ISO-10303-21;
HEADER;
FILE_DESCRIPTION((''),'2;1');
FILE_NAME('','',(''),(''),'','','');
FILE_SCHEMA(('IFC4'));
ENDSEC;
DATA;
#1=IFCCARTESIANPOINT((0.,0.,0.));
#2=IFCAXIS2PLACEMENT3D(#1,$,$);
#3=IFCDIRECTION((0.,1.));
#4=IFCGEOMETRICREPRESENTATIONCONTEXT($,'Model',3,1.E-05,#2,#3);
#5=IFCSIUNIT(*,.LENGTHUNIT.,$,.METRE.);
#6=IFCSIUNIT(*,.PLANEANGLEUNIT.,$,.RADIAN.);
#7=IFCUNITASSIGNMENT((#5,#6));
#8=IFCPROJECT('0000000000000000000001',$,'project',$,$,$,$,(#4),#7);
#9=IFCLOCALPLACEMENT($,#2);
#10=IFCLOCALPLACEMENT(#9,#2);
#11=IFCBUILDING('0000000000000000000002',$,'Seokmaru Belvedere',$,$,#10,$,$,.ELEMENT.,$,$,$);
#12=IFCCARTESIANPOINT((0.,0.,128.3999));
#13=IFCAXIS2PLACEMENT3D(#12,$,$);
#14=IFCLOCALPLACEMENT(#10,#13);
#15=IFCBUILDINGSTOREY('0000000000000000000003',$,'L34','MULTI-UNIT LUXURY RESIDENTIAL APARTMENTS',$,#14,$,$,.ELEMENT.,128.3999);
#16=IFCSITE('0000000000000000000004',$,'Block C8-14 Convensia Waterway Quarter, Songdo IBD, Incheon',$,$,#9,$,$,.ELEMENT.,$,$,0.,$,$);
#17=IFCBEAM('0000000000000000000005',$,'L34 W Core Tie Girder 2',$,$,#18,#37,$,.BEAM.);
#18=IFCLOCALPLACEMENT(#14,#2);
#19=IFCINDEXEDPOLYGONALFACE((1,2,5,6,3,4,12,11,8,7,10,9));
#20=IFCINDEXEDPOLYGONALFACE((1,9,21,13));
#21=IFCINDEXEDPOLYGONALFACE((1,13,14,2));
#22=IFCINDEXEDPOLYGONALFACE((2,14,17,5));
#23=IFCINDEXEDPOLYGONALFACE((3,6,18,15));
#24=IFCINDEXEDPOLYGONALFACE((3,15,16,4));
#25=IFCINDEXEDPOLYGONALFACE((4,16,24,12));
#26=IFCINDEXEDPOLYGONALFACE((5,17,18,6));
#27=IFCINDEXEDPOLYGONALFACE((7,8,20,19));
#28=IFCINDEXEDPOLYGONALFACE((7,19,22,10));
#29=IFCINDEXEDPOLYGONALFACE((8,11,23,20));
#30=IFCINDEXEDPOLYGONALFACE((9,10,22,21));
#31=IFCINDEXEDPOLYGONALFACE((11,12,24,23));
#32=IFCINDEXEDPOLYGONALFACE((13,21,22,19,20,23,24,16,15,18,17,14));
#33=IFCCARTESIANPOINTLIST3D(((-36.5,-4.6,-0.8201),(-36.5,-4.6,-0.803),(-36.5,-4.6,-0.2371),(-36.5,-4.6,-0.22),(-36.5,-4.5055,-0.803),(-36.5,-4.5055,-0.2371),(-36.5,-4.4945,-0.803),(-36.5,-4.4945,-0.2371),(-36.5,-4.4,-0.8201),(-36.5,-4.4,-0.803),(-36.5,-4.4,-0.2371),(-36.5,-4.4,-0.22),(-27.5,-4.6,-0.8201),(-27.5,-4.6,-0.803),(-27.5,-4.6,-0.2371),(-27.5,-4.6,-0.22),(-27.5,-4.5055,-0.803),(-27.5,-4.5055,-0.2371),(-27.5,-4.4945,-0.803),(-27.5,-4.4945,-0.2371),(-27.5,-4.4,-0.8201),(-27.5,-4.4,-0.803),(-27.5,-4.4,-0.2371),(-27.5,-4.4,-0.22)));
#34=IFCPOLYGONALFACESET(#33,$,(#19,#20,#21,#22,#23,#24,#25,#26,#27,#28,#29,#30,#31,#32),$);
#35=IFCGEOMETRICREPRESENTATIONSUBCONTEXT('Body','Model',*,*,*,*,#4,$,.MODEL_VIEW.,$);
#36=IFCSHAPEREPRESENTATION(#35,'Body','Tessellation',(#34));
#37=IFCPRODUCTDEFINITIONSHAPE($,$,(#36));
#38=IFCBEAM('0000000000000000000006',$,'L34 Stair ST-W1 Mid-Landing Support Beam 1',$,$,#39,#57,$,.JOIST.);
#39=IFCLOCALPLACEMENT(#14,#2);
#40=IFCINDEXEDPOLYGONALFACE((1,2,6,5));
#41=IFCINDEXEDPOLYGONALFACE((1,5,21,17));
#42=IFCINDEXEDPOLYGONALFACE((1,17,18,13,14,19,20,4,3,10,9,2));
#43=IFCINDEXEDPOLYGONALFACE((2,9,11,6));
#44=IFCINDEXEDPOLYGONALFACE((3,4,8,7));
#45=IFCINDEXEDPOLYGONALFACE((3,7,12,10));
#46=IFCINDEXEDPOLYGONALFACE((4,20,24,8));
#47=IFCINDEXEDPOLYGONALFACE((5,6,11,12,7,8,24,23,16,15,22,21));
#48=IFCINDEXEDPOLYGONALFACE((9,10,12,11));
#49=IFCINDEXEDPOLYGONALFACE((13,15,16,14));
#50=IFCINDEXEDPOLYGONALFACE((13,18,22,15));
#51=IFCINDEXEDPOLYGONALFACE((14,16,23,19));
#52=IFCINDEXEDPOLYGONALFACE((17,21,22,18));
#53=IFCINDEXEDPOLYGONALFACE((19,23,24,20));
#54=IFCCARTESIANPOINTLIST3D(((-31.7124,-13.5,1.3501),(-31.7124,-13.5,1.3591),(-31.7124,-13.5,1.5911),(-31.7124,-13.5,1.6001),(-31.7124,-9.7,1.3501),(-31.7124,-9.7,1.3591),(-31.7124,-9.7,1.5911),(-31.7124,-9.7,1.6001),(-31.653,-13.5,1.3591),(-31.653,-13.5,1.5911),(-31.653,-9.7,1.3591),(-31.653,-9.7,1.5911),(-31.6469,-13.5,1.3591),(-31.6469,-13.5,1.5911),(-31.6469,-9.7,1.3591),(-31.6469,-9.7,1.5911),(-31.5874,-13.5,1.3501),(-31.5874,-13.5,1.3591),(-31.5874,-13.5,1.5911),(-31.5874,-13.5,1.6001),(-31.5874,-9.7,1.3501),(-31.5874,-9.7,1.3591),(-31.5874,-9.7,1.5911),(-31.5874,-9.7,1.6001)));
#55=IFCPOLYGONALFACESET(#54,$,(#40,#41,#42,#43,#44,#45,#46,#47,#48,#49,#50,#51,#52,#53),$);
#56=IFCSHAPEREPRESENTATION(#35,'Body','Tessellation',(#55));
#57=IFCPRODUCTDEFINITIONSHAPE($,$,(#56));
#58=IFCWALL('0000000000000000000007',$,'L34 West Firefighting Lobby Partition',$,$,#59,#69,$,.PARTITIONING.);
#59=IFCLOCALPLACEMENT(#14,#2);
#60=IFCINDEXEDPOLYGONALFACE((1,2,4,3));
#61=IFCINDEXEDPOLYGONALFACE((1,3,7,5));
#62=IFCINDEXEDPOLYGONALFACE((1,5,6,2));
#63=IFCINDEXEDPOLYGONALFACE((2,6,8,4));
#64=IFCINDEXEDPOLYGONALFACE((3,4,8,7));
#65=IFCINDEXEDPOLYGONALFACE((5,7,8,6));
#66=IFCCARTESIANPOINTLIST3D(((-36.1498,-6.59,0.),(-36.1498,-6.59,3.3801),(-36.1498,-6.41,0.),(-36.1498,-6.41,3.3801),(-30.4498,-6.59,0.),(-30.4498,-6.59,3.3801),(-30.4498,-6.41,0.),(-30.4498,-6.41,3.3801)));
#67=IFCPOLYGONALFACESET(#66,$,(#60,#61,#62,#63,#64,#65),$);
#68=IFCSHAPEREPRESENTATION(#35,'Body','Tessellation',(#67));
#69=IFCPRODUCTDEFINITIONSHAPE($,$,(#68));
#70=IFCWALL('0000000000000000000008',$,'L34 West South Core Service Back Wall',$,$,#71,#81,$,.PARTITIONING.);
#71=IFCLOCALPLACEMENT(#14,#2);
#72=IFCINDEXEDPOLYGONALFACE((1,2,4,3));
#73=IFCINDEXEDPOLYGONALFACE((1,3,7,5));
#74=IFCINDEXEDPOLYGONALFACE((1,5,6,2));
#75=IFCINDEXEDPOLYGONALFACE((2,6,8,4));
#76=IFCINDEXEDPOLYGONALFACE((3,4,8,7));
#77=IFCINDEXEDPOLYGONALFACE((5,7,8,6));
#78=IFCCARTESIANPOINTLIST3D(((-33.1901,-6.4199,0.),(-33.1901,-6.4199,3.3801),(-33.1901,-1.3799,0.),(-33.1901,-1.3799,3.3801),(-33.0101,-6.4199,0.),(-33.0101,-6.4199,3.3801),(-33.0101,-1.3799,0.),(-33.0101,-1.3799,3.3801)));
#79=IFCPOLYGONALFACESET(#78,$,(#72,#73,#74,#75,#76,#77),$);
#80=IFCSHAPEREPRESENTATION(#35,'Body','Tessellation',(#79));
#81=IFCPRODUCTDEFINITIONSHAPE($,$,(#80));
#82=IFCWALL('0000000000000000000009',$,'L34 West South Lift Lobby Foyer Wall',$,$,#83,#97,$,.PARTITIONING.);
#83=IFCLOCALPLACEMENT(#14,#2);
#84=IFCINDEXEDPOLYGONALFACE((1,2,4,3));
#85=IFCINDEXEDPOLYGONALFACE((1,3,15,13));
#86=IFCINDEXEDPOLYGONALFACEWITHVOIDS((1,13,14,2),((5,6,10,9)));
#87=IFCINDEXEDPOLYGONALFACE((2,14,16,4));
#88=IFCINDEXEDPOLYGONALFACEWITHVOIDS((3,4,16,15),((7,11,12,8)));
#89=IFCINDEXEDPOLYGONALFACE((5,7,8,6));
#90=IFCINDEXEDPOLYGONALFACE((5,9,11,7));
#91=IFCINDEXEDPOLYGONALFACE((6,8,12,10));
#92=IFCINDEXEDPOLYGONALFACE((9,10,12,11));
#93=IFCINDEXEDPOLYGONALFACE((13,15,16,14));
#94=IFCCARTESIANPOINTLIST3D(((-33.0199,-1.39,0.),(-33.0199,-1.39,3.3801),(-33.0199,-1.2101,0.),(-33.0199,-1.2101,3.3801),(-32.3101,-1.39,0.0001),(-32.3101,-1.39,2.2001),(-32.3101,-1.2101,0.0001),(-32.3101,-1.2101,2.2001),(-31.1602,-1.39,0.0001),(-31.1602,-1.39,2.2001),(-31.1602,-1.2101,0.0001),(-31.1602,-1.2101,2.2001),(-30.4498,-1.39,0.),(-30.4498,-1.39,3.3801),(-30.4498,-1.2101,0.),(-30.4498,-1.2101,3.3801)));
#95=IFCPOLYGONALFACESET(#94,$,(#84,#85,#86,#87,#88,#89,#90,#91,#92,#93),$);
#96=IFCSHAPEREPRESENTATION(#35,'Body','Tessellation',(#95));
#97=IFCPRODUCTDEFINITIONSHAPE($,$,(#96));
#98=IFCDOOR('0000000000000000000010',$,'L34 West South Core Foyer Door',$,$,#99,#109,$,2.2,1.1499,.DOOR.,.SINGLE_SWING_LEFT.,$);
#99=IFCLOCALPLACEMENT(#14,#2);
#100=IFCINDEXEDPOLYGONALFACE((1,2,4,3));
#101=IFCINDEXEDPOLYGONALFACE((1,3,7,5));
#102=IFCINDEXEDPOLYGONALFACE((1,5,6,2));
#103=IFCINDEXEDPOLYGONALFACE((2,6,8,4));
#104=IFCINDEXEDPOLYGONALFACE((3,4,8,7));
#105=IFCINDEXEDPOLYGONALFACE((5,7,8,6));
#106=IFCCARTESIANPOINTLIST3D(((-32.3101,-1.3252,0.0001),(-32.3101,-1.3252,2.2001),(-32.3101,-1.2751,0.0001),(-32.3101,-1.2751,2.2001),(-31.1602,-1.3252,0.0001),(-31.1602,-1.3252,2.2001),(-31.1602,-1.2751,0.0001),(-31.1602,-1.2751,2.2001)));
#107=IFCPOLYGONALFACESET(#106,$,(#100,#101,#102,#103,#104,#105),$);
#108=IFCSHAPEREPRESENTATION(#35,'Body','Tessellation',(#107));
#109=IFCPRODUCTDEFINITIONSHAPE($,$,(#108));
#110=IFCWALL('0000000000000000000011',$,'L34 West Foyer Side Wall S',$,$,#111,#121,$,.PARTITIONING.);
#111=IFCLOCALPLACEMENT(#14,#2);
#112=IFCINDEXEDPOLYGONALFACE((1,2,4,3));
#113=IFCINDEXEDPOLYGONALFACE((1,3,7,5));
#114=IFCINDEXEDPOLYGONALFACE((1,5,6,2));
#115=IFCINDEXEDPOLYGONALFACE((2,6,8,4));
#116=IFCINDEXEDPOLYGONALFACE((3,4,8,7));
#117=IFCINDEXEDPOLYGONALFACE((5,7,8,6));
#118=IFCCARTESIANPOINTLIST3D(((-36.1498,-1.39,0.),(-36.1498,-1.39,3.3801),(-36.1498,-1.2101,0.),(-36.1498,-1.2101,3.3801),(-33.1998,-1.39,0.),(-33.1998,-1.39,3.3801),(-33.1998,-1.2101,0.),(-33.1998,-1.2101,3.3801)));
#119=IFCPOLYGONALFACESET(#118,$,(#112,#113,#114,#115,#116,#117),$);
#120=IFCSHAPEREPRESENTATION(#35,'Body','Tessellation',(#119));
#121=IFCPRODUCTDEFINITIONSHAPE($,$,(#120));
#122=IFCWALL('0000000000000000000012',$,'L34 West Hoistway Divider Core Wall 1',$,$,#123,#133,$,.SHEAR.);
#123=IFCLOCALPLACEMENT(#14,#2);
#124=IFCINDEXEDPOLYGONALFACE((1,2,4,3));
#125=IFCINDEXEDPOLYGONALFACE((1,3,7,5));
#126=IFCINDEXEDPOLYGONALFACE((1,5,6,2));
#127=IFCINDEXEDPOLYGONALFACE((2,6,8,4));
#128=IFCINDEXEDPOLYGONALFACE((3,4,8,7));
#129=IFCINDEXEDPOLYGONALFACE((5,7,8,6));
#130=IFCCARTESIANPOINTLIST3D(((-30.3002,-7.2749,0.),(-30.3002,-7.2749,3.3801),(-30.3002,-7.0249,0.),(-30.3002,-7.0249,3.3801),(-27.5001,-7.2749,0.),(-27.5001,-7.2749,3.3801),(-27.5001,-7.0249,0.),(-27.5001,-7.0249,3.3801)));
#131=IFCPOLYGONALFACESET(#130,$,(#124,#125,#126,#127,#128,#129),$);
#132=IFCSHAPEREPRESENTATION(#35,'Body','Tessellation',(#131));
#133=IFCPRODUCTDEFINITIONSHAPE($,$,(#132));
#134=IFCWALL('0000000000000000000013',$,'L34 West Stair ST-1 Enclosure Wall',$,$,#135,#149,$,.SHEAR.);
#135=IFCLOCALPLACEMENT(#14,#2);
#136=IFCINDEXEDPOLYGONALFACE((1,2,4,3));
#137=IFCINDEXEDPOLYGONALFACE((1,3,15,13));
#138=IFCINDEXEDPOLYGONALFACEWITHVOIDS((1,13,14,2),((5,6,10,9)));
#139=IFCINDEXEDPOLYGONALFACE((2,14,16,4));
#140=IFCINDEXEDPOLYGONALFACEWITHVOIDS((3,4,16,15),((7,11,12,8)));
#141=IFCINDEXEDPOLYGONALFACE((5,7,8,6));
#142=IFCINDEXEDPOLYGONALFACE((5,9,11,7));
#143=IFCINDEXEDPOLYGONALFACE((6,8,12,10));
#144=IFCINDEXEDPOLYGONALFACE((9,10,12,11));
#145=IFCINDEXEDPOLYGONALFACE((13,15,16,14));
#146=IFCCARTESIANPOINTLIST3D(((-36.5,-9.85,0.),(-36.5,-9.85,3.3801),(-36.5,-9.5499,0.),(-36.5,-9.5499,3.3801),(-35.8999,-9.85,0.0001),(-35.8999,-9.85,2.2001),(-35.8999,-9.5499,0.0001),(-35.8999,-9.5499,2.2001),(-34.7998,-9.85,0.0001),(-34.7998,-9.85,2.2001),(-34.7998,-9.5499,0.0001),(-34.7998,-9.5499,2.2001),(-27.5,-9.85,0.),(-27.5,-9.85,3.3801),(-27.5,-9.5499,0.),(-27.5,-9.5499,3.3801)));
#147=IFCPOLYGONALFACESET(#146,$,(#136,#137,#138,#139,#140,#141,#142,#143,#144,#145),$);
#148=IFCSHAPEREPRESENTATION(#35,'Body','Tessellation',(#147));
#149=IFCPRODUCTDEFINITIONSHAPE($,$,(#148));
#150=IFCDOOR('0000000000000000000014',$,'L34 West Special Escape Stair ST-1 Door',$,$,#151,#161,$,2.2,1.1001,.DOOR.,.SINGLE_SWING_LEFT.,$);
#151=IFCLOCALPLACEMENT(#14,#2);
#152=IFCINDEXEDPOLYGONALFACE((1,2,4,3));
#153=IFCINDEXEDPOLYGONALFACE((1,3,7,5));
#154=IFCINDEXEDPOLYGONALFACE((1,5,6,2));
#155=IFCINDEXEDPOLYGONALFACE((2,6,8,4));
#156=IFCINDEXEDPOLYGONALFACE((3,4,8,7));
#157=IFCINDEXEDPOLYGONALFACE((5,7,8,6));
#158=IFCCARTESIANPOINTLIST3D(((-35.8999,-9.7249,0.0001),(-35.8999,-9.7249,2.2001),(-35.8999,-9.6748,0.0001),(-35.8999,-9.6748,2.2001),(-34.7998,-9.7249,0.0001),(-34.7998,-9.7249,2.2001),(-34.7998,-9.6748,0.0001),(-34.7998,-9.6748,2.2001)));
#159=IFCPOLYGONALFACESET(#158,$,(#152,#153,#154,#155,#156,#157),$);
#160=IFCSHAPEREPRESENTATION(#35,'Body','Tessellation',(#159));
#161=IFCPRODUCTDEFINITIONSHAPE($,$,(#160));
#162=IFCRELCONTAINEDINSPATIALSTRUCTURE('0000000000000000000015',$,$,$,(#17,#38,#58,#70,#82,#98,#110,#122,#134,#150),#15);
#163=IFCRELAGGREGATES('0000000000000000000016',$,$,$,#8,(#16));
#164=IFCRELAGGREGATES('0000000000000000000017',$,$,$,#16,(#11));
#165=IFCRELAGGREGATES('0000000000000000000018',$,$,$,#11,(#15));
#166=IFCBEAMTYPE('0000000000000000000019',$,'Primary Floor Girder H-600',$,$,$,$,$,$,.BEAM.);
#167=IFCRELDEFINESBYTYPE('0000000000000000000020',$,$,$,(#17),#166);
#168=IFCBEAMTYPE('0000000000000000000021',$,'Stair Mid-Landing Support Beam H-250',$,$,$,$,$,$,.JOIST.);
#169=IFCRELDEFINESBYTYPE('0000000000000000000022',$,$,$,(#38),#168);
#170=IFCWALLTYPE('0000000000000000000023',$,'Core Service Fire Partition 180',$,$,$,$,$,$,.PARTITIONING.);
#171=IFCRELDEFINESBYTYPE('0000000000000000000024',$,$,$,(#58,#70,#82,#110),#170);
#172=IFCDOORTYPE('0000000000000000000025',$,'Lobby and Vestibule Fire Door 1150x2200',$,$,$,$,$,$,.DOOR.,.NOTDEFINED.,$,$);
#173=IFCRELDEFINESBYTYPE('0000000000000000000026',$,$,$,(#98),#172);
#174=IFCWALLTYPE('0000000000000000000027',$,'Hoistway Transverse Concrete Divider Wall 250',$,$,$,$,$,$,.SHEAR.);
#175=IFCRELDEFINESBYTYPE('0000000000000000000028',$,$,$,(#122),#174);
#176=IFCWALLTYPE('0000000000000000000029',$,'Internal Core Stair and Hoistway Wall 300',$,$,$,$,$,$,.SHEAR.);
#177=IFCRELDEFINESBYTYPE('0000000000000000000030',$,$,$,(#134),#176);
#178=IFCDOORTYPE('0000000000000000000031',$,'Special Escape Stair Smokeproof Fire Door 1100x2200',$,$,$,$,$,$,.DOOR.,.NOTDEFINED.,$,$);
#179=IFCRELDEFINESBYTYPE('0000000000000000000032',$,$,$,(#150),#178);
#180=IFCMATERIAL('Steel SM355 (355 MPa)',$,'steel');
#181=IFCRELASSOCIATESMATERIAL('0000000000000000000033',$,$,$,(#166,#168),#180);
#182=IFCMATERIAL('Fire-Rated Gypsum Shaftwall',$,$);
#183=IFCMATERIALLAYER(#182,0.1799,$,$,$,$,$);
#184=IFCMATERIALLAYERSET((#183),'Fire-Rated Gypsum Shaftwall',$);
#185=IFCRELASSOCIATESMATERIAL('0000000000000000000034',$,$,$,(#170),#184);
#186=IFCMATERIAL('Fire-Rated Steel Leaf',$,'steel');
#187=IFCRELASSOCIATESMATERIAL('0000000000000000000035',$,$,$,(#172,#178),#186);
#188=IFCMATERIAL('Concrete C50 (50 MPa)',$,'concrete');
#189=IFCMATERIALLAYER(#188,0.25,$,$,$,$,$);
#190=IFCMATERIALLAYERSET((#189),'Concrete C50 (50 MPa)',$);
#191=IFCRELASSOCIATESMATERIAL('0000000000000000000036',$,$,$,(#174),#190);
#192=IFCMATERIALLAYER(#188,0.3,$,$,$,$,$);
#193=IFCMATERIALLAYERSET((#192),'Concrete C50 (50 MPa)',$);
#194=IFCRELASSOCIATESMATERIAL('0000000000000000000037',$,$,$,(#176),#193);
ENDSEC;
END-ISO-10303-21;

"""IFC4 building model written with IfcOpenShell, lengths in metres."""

from ifc_helpers import new_model, si_unit, direction, frame, frame_2d, origin, origin_2d, place, context, subcontext, project, spatial, rectangle, i_section, extrude, source, transform, mapped, material, layer, layer_set, material_profile, profile_set, type_object, type_shapes, element, fill, save


model = new_model("IFC4")

# Units and contexts
model_context = context("Model", 3, precision=1e-05, world=origin(), true_north=direction((0.0, 1.0)))
body_context = subcontext(model_context, "Body", "Model", "MODEL_VIEW")
ifc_project = project(units=[si_unit("LENGTHUNIT", "METRE"), si_unit("PLANEANGLEUNIT", "RADIAN")], contexts=[model_context])

# Site, building, storey
site_placement = place(None, origin())
site = spatial("IfcSite", under=ifc_project, at=site_placement, Name="Block C8-14 Convensia Waterway Quarter, Songdo IBD, Incheon", CompositionType="ELEMENT", RefElevation=0.0)
building_placement = place(site_placement, origin())
building = spatial("IfcBuilding", under=site, at=building_placement, Name="Seokmaru Belvedere", CompositionType="ELEMENT")
storey_placement = place(building_placement, frame((0.0, 0.0, 128.3999)))
storey = spatial("IfcBuildingStorey", under=building, at=storey_placement, Name="L34", Description="MULTI-UNIT LUXURY RESIDENTIAL APARTMENTS", CompositionType="ELEMENT", Elevation=128.3999)

# Beams
ifc_material_1 = material(Name="Steel SM355 (355 MPa)", Category="steel")
ifc_material_profile_1 = material_profile(ifc_material_1, i_section(OverallWidth=0.2, OverallDepth=0.6001, WebThickness=0.011, FlangeThickness=0.0171, at=origin_2d()), Name="H-600x200x11x17")
ifc_profile_set_1 = profile_set([ifc_material_profile_1], Name="Steel SM355 (355 MPa)")
beam_type_1 = type_object("IfcBeamType", Name="Primary Floor Girder H-600", PredefinedType="BEAM", material=ifc_profile_set_1)
shared_shape_1 = source(origin(), body_context, "Body", "SweptSolid", [
    extrude(i_section(OverallWidth=0.2, OverallDepth=0.6001, WebThickness=0.011, FlangeThickness=0.0171, at=origin_2d()), origin(), (0.0, 0.0, 1.0), 9.0),
])
type_shapes(beam_type_1, [shared_shape_1])
beam_1_placement = place(storey_placement, frame((-36.5, -4.5, -0.52), z_axis=(1.0, 0.0, 0.0), x_axis=(0.0, 1.0, 0.0)))
element("IfcBeam", 1, at=beam_1_placement, inside=storey, type_object=beam_type_1, Name="L34 W Core Tie Girder 2", PredefinedType="BEAM", context=body_context, shape_type="MappedRepresentation", body=[
    mapped(shared_shape_1, transform((0.0, 0.0, 0.0), scale=1.0)),
])
ifc_material_profile_2 = material_profile(ifc_material_1, i_section(OverallWidth=0.125, OverallDepth=0.25, WebThickness=0.0061, FlangeThickness=0.009, at=origin_2d()), Name="H-250x125x6x9")
ifc_profile_set_2 = profile_set([ifc_material_profile_2], Name="Steel SM355 (355 MPa)")
beam_type_2 = type_object("IfcBeamType", Name="Stair Mid-Landing Support Beam H-250", PredefinedType="JOIST", material=ifc_profile_set_2)
shared_shape_2 = source(origin(), body_context, "Body", "SweptSolid", [
    extrude(i_section(OverallWidth=0.125, OverallDepth=0.25, WebThickness=0.0061, FlangeThickness=0.009, at=origin_2d()), origin(), (0.0, 0.0, 1.0), 3.8),
])
type_shapes(beam_type_2, [shared_shape_2])
beam_2_placement = place(storey_placement, frame((-31.6499, -13.5, 1.4751), z_axis=(0.0, 1.0, 0.0), x_axis=(-1.0, 0.0, 0.0)))
element("IfcBeam", 2, at=beam_2_placement, inside=storey, type_object=beam_type_2, Name="L34 Stair ST-W1 Mid-Landing Support Beam 1", PredefinedType="JOIST", context=body_context, shape_type="MappedRepresentation", body=[
    mapped(shared_shape_2, transform((0.0, 0.0, 0.0), scale=1.0)),
])

# Walls
ifc_material_2 = material(Name="Fire-Rated Gypsum Shaftwall")
ifc_layer_1 = layer(ifc_material_2, 0.1799)
ifc_layer_set_1 = layer_set([ifc_layer_1], Name="Fire-Rated Gypsum Shaftwall")
wall_type_1 = type_object("IfcWallType", Name="Core Service Fire Partition 180", PredefinedType="PARTITIONING", material=ifc_layer_set_1)
wall_1_placement = place(storey_placement, frame((-36.1499, -6.5, 0.0), z_axis=(0.0, 0.0, 1.0), x_axis=(1.0, 0.0, 0.0)))
element("IfcWall", 3, at=wall_1_placement, inside=storey, type_object=wall_type_1, Name="L34 West Firefighting Lobby Partition", PredefinedType="PARTITIONING", context=body_context, shape_type="SweptSolid", body=[
    extrude(rectangle(XDim=5.7, YDim=0.1799, at=frame_2d((2.8501, 0.0))), origin(), (0.0, 0.0, 1.0), 3.3801),
])
wall_2_placement = place(storey_placement, frame((-33.1001, -6.4199, 0.0), z_axis=(0.0, 0.0, 1.0), x_axis=(0.0, 1.0, 0.0)))
element("IfcWall", 4, at=wall_2_placement, inside=storey, type_object=wall_type_1, Name="L34 West South Core Service Back Wall", PredefinedType="PARTITIONING", context=body_context, shape_type="SweptSolid", body=[
    extrude(rectangle(XDim=5.04, YDim=0.1799, at=frame_2d((2.52, 0.0))), origin(), (0.0, 0.0, 1.0), 3.3801),
])

# Wall, opening, door
wall_3_placement = place(storey_placement, frame((-33.02, -1.3, 0.0), z_axis=(0.0, 0.0, 1.0), x_axis=(1.0, 0.0, 0.0)))
wall_3 = element("IfcWall", 5, at=wall_3_placement, inside=storey, type_object=wall_type_1, Name="L34 West South Lift Lobby Foyer Wall", PredefinedType="PARTITIONING", context=body_context, shape_type="SweptSolid", body=[
    extrude(rectangle(XDim=2.5701, YDim=0.1799, at=frame_2d((1.2852, 0.0))), origin(), (0.0, 0.0, 1.0), 3.3801),
])
opening_1_placement = place(wall_3_placement, frame((0.71, 0.0, 0.0)))
opening_1 = element("IfcOpeningElement", 6, at=opening_1_placement, cuts=wall_3, PredefinedType="OPENING", context=body_context, shape_type="SweptSolid", body=[
    extrude(rectangle(XDim=1.1499, YDim=2.2, at=frame_2d((0.575, 1.1001))), frame((0.0, 0.1001, 0.0), z_axis=(0.0, -1.0, 0.0), x_axis=(1.0, 0.0, 0.0)), (0.0, 0.0, 1.0), 0.2),
])
ifc_material_3 = material(Name="Fire-Rated Steel Leaf", Category="steel")
door_type_1 = type_object("IfcDoorType", Name="Lobby and Vestibule Fire Door 1150x2200", OperationType="NOTDEFINED", PredefinedType="DOOR", material=ifc_material_3)
shared_shape_3 = source(origin(), body_context, "Body", "SweptSolid", [
    extrude(rectangle(XDim=1.1499, YDim=2.2, at=frame_2d((0.575, 1.1001))), frame((0.0, 0.0249, 0.0), z_axis=(0.0, -1.0, 0.0), x_axis=(1.0, 0.0, 0.0)), (0.0, 0.0, 1.0), 0.05),
])
type_shapes(door_type_1, [shared_shape_3])
door_1_placement = place(opening_1_placement, origin())
door_1 = element("IfcDoor", 7, at=door_1_placement, inside=storey, type_object=door_type_1, Name="L34 West South Core Foyer Door", OperationType="SINGLE_SWING_LEFT", OverallHeight=2.2, OverallWidth=1.1499, PredefinedType="DOOR", context=body_context, shape_type="MappedRepresentation", body=[
    mapped(shared_shape_3, transform((0.0, 0.0, 0.0), scale=1.0)),
])
fill(opening_1, door_1)

# Walls
wall_4_placement = place(storey_placement, frame((-36.1499, -1.3, 0.0), z_axis=(0.0, 0.0, 1.0), x_axis=(1.0, 0.0, 0.0)))
element("IfcWall", 8, at=wall_4_placement, inside=storey, type_object=wall_type_1, Name="L34 West Foyer Side Wall S", PredefinedType="PARTITIONING", context=body_context, shape_type="SweptSolid", body=[
    extrude(rectangle(XDim=2.95, YDim=0.1799, at=frame_2d((1.4751, 0.0))), origin(), (0.0, 0.0, 1.0), 3.3801),
])
ifc_material_4 = material(Name="Concrete C50 (50 MPa)", Category="concrete")
ifc_layer_2 = layer(ifc_material_4, 0.25)
ifc_layer_set_2 = layer_set([ifc_layer_2], Name="Concrete C50 (50 MPa)")
wall_type_2 = type_object("IfcWallType", Name="Hoistway Transverse Concrete Divider Wall 250", PredefinedType="SHEAR", material=ifc_layer_set_2)
wall_5_placement = place(storey_placement, frame((-30.3, -7.1499, 0.0), z_axis=(0.0, 0.0, 1.0), x_axis=(1.0, 0.0, 0.0)))
element("IfcWall", 9, at=wall_5_placement, inside=storey, type_object=wall_type_2, Name="L34 West Hoistway Divider Core Wall 1", PredefinedType="SHEAR", context=body_context, shape_type="SweptSolid", body=[
    extrude(rectangle(XDim=2.8, YDim=0.25, at=frame_2d((1.3999, 0.0))), origin(), (0.0, 0.0, 1.0), 3.3801),
])

# Wall, opening, door
ifc_layer_3 = layer(ifc_material_4, 0.3)
ifc_layer_set_3 = layer_set([ifc_layer_3], Name="Concrete C50 (50 MPa)")
wall_type_3 = type_object("IfcWallType", Name="Internal Core Stair and Hoistway Wall 300", PredefinedType="SHEAR", material=ifc_layer_set_3)
wall_6_placement = place(storey_placement, frame((-36.5, -9.7, 0.0), z_axis=(0.0, 0.0, 1.0), x_axis=(1.0, 0.0, 0.0)))
wall_6 = element("IfcWall", 10, at=wall_6_placement, inside=storey, type_object=wall_type_3, Name="L34 West Stair ST-1 Enclosure Wall", PredefinedType="SHEAR", context=body_context, shape_type="SweptSolid", body=[
    extrude(rectangle(XDim=9.0, YDim=0.3, at=frame_2d((4.5, 0.0))), origin(), (0.0, 0.0, 1.0), 3.3801),
])
opening_2_placement = place(wall_6_placement, frame((0.6001, 0.0, 0.0)))
opening_2 = element("IfcOpeningElement", 11, at=opening_2_placement, cuts=wall_6, PredefinedType="OPENING", context=body_context, shape_type="SweptSolid", body=[
    extrude(rectangle(XDim=1.1001, YDim=2.2, at=frame_2d((0.55, 1.1001))), frame((0.0, 0.1602, 0.0), z_axis=(0.0, -1.0, 0.0), x_axis=(1.0, 0.0, 0.0)), (0.0, 0.0, 1.0), 0.3201),
])
door_type_2 = type_object("IfcDoorType", Name="Special Escape Stair Smokeproof Fire Door 1100x2200", OperationType="NOTDEFINED", PredefinedType="DOOR", material=ifc_material_3)
shared_shape_4 = source(origin(), body_context, "Body", "SweptSolid", [
    extrude(rectangle(XDim=1.1001, YDim=2.2, at=frame_2d((0.55, 1.1001))), frame((0.0, 0.0249, 0.0), z_axis=(0.0, -1.0, 0.0), x_axis=(1.0, 0.0, 0.0)), (0.0, 0.0, 1.0), 0.05),
])
type_shapes(door_type_2, [shared_shape_4])
door_2_placement = place(opening_2_placement, frame((1.1001, 0.0, 0.0), z_axis=(0.0, 0.0, 1.0), x_axis=(-1.0, 0.0, 0.0)))
door_2 = element("IfcDoor", 12, at=door_2_placement, inside=storey, type_object=door_type_2, Name="L34 West Special Escape Stair ST-1 Door", OperationType="SINGLE_SWING_LEFT", OverallHeight=2.2, OverallWidth=1.1001, PredefinedType="DOOR", context=body_context, shape_type="MappedRepresentation", body=[
    mapped(shared_shape_4, transform((0.0, 0.0, 0.0), scale=1.0)),
])
fill(opening_2, door_2)

save(model, "model.ifc")
